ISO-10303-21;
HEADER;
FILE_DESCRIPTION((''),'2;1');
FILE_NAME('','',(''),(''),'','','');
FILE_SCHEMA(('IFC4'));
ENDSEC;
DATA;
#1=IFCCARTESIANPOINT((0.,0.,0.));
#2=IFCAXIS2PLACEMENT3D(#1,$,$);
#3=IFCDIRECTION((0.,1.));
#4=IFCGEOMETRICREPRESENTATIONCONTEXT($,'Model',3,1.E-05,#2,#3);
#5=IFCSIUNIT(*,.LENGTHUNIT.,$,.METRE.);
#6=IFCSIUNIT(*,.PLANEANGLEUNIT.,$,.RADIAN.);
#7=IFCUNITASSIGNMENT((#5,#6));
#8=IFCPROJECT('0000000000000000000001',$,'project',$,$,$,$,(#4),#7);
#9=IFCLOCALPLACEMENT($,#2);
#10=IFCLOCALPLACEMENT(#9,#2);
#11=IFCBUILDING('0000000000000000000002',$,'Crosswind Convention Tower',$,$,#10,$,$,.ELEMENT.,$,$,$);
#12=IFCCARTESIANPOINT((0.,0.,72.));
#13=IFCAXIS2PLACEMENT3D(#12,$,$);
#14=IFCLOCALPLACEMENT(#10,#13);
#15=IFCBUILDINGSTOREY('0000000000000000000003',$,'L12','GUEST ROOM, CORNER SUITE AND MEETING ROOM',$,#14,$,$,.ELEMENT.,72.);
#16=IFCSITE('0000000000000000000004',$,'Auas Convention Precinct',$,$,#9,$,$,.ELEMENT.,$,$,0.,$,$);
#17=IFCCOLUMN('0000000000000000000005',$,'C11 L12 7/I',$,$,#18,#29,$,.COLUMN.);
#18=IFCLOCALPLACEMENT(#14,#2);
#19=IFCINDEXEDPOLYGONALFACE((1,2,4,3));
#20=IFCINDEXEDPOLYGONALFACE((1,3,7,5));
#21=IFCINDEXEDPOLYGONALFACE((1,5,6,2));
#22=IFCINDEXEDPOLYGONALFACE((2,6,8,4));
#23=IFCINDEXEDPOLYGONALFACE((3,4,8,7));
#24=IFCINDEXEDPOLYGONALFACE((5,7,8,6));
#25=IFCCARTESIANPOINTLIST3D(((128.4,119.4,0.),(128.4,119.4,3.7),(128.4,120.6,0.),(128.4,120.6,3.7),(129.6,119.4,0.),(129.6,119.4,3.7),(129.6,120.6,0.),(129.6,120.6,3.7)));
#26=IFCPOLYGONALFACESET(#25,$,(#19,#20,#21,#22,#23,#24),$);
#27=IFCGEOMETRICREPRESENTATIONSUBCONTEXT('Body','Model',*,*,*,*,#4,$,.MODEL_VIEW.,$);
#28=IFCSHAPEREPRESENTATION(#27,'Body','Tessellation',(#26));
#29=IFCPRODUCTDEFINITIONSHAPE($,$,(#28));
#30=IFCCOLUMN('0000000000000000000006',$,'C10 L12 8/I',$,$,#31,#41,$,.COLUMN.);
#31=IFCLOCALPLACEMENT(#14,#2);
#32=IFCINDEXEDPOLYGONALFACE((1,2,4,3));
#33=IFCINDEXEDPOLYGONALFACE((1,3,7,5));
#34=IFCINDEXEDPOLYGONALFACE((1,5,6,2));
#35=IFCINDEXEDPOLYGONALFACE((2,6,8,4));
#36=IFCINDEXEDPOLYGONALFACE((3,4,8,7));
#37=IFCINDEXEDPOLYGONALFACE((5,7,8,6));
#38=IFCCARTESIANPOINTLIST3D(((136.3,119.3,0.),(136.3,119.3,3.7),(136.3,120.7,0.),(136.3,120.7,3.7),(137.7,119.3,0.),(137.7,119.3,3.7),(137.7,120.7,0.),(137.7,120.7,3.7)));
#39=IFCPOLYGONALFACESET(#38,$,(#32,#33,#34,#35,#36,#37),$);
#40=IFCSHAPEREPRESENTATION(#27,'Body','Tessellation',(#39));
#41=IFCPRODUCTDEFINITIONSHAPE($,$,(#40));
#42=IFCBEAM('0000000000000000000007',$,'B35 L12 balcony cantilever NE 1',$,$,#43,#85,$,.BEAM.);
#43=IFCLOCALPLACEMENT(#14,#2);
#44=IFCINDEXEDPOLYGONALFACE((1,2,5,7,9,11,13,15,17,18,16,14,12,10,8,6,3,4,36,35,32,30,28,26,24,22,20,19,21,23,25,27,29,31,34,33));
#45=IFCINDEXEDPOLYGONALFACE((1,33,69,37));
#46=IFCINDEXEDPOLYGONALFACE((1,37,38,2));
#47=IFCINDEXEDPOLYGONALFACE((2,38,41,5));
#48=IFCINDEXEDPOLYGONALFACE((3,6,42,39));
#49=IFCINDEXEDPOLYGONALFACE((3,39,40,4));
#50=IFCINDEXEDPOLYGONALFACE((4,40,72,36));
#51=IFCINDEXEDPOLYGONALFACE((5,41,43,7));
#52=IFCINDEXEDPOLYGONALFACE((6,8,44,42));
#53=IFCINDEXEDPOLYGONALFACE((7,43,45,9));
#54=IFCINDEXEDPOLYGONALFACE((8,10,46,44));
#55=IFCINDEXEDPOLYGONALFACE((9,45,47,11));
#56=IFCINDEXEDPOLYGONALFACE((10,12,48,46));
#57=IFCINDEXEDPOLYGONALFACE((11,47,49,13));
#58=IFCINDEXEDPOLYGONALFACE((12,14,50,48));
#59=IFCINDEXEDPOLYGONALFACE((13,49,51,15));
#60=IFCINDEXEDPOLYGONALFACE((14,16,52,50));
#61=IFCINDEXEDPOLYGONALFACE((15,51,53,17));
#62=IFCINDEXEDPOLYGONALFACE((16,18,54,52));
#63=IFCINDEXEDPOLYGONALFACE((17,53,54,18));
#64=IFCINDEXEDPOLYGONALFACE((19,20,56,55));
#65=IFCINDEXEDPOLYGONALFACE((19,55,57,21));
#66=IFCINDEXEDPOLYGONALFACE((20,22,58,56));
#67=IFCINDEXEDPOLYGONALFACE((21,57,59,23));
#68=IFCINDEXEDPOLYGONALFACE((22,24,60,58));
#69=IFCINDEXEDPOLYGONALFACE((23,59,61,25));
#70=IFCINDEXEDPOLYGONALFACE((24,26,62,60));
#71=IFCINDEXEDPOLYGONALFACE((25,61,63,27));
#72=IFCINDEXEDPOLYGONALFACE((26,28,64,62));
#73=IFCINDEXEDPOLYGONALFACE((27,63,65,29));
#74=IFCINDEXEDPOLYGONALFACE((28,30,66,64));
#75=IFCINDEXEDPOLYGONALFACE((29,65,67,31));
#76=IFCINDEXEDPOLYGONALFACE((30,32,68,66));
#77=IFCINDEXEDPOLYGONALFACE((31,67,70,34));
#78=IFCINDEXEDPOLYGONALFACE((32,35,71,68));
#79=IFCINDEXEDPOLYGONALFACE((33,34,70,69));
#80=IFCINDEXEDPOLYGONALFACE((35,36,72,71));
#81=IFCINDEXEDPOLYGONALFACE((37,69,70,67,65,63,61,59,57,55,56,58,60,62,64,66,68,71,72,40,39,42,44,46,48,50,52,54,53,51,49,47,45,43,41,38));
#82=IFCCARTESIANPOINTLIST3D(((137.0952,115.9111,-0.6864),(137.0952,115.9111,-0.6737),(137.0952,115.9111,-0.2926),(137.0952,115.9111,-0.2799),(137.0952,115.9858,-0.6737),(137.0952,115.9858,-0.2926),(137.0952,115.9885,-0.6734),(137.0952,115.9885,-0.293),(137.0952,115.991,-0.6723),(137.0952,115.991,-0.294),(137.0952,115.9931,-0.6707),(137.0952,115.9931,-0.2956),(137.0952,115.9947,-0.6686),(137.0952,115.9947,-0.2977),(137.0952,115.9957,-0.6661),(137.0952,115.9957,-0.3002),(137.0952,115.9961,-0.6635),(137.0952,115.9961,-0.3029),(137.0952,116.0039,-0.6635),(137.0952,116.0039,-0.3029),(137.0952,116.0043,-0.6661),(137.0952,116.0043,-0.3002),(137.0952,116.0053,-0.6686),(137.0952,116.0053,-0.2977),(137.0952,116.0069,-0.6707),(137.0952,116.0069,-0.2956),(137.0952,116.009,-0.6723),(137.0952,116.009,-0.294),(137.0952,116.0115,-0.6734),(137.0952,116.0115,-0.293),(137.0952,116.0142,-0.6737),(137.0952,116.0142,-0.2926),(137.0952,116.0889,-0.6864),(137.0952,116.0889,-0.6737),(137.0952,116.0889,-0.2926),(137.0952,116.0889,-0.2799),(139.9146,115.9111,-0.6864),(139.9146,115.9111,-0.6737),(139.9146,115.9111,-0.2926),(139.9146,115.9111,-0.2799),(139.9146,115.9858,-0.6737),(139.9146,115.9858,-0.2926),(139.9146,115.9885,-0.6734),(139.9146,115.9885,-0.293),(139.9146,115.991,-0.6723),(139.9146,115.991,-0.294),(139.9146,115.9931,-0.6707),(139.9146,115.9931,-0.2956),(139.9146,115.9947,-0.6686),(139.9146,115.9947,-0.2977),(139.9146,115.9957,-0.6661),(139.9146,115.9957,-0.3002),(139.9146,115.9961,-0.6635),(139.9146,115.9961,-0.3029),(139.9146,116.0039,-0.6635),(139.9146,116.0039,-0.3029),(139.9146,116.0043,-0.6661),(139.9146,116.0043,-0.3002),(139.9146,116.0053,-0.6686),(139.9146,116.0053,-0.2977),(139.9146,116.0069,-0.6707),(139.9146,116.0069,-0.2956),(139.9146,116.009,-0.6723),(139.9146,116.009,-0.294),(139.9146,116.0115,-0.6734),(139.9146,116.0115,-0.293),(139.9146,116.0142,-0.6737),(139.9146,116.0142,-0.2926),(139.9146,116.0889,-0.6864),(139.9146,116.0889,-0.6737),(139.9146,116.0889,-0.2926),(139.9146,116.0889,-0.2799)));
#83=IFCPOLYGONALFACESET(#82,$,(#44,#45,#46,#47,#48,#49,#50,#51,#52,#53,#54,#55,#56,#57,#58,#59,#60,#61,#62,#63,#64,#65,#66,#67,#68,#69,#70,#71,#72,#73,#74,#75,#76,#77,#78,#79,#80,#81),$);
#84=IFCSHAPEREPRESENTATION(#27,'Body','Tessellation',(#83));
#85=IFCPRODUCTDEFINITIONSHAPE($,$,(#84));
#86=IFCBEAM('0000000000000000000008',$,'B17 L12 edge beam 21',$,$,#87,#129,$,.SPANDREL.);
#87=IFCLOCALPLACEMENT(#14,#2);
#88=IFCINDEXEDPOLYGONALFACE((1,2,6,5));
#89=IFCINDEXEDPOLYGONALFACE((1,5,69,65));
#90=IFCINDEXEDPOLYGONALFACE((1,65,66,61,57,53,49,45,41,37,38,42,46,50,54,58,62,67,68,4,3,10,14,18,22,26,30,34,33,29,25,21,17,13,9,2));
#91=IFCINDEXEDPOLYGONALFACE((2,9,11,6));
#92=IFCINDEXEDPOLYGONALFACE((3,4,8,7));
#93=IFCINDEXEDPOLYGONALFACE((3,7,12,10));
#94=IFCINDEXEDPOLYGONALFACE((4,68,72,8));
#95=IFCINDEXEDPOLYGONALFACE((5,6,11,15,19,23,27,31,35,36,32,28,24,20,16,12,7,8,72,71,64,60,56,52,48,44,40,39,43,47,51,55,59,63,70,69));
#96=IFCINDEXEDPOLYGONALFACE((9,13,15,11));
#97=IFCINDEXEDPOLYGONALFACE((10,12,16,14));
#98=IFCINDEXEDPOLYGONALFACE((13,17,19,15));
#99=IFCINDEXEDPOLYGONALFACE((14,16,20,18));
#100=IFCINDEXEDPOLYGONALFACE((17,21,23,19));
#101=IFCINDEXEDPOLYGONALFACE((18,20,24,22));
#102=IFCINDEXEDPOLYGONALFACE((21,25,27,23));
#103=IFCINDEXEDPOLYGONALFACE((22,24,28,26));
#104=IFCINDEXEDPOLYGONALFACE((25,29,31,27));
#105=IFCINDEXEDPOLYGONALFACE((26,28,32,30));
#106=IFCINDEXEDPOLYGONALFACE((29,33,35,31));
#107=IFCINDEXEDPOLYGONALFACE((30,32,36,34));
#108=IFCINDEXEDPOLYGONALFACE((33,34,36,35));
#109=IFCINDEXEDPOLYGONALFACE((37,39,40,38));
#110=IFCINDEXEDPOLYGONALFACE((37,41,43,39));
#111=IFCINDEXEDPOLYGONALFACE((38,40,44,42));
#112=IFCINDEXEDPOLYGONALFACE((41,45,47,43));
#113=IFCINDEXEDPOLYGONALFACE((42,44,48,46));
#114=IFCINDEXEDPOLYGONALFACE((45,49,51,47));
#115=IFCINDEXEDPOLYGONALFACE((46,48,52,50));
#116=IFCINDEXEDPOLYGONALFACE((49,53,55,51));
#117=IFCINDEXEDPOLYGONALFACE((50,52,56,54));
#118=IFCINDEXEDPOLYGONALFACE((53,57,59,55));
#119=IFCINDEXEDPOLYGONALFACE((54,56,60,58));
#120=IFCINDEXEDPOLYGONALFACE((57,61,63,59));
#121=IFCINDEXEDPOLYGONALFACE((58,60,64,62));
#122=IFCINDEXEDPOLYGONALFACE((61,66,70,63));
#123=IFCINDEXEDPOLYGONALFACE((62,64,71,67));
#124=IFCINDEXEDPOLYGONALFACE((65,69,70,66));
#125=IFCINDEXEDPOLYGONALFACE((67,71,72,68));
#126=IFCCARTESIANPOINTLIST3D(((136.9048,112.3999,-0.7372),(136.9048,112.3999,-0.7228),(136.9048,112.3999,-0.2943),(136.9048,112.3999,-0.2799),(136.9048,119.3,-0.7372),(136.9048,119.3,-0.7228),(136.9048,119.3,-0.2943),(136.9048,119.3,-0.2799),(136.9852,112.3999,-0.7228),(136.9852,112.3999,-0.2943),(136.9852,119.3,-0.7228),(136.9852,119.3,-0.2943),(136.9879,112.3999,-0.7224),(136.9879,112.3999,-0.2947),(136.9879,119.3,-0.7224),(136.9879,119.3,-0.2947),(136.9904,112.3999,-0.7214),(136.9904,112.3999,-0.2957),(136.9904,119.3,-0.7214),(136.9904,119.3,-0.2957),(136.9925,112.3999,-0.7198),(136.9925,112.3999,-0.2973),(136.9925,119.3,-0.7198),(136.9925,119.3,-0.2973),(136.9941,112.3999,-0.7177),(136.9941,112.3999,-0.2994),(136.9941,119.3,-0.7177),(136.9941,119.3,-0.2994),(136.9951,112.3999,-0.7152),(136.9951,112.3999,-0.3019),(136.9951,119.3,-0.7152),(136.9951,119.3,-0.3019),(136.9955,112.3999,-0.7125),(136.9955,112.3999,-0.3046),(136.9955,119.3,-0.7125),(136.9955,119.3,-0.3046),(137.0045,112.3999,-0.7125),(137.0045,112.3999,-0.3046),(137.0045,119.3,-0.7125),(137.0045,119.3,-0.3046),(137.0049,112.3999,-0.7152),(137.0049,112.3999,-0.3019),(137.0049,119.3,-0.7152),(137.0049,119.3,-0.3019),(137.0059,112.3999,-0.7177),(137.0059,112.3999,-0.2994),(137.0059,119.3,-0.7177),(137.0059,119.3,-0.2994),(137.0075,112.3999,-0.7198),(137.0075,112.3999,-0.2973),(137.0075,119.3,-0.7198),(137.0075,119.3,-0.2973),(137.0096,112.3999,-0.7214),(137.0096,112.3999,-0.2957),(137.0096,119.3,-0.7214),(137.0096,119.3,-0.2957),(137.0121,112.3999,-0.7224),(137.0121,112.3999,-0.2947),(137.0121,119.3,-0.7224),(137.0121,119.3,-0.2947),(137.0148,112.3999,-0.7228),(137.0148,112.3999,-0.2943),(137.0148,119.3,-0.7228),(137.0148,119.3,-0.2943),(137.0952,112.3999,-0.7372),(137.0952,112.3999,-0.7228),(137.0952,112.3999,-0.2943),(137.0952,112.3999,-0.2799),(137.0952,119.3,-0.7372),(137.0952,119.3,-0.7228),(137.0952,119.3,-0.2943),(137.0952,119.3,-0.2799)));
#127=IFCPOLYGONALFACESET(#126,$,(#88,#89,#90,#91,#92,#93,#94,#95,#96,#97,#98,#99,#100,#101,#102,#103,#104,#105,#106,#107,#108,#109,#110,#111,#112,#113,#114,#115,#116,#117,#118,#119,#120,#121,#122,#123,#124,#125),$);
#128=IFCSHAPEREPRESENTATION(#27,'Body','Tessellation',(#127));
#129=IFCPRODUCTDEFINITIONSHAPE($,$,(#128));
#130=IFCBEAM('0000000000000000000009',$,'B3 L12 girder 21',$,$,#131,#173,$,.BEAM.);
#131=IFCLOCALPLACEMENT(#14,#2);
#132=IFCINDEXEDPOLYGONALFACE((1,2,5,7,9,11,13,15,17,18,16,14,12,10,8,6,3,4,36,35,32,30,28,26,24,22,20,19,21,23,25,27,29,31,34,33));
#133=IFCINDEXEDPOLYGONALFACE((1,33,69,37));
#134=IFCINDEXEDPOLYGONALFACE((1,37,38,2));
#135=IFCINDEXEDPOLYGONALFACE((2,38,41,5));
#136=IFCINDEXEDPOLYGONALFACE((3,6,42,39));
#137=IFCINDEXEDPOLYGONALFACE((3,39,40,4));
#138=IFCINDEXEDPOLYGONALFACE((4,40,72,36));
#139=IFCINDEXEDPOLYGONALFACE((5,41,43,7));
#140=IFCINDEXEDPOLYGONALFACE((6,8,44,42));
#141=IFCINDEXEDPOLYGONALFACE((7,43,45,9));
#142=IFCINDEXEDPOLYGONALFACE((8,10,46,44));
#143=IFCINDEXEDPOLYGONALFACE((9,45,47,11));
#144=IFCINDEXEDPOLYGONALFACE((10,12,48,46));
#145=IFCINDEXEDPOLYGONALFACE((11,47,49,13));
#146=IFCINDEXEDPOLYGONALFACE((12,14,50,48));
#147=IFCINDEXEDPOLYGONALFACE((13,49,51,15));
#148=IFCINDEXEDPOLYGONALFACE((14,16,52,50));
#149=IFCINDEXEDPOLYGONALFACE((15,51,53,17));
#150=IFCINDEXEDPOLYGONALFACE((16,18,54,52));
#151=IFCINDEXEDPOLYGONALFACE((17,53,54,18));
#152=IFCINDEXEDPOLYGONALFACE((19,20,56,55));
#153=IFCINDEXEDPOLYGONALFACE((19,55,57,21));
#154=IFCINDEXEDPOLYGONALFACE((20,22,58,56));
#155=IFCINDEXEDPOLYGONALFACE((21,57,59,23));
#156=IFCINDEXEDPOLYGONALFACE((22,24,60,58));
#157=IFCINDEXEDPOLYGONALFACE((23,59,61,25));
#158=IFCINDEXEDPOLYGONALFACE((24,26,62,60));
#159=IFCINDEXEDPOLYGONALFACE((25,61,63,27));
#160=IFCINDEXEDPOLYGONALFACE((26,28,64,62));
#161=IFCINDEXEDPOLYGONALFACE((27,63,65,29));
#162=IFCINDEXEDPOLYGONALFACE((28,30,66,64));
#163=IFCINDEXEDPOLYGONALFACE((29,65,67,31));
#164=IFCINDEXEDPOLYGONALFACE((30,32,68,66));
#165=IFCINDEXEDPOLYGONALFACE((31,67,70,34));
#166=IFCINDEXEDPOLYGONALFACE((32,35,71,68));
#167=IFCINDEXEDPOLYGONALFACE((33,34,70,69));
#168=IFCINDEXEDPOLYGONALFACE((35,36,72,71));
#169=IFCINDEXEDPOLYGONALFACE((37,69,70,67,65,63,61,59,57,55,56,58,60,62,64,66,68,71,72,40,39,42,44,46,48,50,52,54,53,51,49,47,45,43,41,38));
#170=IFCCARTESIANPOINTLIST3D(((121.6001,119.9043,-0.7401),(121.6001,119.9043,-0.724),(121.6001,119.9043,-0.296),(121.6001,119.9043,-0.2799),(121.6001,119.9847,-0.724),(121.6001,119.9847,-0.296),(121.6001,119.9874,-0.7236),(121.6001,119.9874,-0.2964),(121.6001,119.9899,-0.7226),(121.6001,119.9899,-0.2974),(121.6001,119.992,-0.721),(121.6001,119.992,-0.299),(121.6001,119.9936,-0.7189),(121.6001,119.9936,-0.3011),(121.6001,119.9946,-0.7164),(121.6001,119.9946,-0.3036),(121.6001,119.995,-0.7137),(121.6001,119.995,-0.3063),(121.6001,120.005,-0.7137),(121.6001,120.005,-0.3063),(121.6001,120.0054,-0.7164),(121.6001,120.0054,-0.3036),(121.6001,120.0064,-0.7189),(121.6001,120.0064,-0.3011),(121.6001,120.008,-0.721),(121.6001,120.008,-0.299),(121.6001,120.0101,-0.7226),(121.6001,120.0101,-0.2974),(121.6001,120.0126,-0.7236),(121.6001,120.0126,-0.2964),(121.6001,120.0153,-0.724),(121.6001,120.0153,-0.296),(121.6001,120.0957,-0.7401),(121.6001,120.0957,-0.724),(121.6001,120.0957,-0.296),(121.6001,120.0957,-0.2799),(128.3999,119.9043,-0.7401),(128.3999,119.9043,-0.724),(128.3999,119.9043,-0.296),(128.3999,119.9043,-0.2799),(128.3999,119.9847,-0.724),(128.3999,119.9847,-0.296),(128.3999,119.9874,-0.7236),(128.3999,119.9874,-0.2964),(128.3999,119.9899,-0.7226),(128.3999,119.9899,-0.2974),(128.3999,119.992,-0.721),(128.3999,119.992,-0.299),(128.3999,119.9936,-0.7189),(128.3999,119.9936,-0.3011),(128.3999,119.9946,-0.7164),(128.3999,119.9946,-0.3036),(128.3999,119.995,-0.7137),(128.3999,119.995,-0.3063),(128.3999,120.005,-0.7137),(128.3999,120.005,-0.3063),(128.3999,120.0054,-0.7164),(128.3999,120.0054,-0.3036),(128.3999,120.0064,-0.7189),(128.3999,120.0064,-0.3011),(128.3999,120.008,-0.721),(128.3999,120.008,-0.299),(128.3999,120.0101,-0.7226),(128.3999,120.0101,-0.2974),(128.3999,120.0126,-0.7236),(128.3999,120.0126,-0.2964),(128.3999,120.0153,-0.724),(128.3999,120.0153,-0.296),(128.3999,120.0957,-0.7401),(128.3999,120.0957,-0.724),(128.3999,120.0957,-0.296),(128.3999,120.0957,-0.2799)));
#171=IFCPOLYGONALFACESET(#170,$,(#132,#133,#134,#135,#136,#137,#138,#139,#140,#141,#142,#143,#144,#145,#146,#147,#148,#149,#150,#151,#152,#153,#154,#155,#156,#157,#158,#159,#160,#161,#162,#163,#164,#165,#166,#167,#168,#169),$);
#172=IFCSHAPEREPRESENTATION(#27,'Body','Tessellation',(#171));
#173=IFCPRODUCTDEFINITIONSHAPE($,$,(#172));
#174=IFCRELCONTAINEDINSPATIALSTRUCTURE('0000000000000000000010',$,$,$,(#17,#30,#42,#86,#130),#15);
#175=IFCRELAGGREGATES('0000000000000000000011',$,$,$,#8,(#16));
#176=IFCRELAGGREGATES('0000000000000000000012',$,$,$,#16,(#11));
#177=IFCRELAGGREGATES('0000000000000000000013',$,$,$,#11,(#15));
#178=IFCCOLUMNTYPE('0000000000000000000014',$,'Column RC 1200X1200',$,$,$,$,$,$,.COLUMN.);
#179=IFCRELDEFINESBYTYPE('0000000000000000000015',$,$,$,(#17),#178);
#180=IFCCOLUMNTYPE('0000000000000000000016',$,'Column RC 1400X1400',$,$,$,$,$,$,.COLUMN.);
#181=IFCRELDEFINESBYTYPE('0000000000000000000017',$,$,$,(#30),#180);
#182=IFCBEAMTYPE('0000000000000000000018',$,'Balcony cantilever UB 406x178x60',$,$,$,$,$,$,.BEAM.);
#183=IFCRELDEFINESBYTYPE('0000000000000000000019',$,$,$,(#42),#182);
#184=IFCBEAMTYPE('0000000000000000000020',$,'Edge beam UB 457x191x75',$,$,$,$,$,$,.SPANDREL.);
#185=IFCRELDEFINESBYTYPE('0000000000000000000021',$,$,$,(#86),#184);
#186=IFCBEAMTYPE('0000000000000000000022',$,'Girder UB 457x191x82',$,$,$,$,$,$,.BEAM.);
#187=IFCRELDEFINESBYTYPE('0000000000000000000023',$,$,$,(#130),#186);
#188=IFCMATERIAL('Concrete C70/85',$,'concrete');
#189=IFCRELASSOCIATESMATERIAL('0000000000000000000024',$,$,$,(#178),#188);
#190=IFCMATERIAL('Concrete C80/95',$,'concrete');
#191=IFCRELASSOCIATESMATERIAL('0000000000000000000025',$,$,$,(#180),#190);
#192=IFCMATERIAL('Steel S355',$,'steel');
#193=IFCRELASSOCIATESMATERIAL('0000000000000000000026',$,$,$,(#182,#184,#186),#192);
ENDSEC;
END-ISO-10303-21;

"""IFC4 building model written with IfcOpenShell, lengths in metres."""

from ifc_helpers import new_model, si_unit, direction, frame, origin, origin_2d, place, context, subcontext, project, spatial, rectangle, i_section, extrude, material, material_profile, profile_set, type_object, element, save


model = new_model("IFC4")

# Units and contexts
model_context = context("Model", 3, precision=1e-05, world=origin(), true_north=direction((0.0, 1.0)))
body_context = subcontext(model_context, "Body", "Model", "MODEL_VIEW")
ifc_project = project(units=[si_unit("LENGTHUNIT", "METRE"), si_unit("PLANEANGLEUNIT", "RADIAN")], contexts=[model_context])

# Site, building, storey
site_placement = place(None, origin())
site = spatial("IfcSite", under=ifc_project, at=site_placement, Name="Auas Convention Precinct", CompositionType="ELEMENT", RefElevation=0.0)
building_placement = place(site_placement, origin())
building = spatial("IfcBuilding", under=site, at=building_placement, Name="Crosswind Convention Tower", CompositionType="ELEMENT")
storey_placement = place(building_placement, frame((0.0, 0.0, 72.0)))
storey = spatial("IfcBuildingStorey", under=building, at=storey_placement, Name="L12", Description="GUEST ROOM, CORNER SUITE AND MEETING ROOM", CompositionType="ELEMENT", Elevation=72.0)

# Columns
ifc_material_1 = material(Name="Concrete C70/85", Category="concrete")
ifc_material_profile_1 = material_profile(ifc_material_1, rectangle(XDim=1.2, YDim=1.2, at=origin_2d()), Name="RC 1200X1200")
ifc_profile_set_1 = profile_set([ifc_material_profile_1], Name="Concrete C70/85")
column_type_1 = type_object("IfcColumnType", Name="Column RC 1200X1200", PredefinedType="COLUMN", material=ifc_profile_set_1)
column_1_placement = place(storey_placement, frame((129.0, 120.0, 0.0), z_axis=(0.0, 0.0, 1.0), x_axis=(1.0, 0.0, 0.0)))
element("IfcColumn", 1, at=column_1_placement, inside=storey, type_object=column_type_1, Name="C11 L12 7/I", PredefinedType="COLUMN", context=body_context, shape_type="SweptSolid", body=[
    extrude(rectangle(XDim=1.2, YDim=1.2, at=origin_2d()), origin(), (0.0, 0.0, 1.0), 3.7),
])
ifc_material_2 = material(Name="Concrete C80/95", Category="concrete")
ifc_material_profile_2 = material_profile(ifc_material_2, rectangle(XDim=1.3999, YDim=1.3999, at=origin_2d()), Name="RC 1400X1400")
ifc_profile_set_2 = profile_set([ifc_material_profile_2], Name="Concrete C80/95")
column_type_2 = type_object("IfcColumnType", Name="Column RC 1400X1400", PredefinedType="COLUMN", material=ifc_profile_set_2)
column_2_placement = place(storey_placement, frame((137.0, 120.0, 0.0), z_axis=(0.0, 0.0, 1.0), x_axis=(1.0, 0.0, 0.0)))
element("IfcColumn", 2, at=column_2_placement, inside=storey, type_object=column_type_2, Name="C10 L12 8/I", PredefinedType="COLUMN", context=body_context, shape_type="SweptSolid", body=[
    extrude(rectangle(XDim=1.3999, YDim=1.3999, at=origin_2d()), origin(), (0.0, 0.0, 1.0), 3.7),
])

# Beams
ifc_material_3 = material(Name="Steel S355", Category="steel")
ifc_material_profile_3 = material_profile(ifc_material_3, i_section(OverallWidth=0.1777, OverallDepth=0.4065, WebThickness=0.0078, FlangeThickness=0.0127, FilletRadius=0.0103, at=origin_2d()), Name="UB 406x178x60")
ifc_profile_set_3 = profile_set([ifc_material_profile_3], Name="Steel S355")
beam_type_1 = type_object("IfcBeamType", Name="Balcony cantilever UB 406x178x60", PredefinedType="BEAM", material=ifc_profile_set_3)
beam_1_placement = place(storey_placement, frame((137.0952, 116.0, -0.4832), z_axis=(1.0, 0.0, 0.0), x_axis=(0.0, 1.0, 0.0)))
element("IfcBeam", 3, at=beam_1_placement, inside=storey, type_object=beam_type_1, Name="B35 L12 balcony cantilever NE 1", PredefinedType="BEAM", context=body_context, shape_type="SweptSolid", body=[
    extrude(i_section(OverallWidth=0.1777, OverallDepth=0.4065, WebThickness=0.0078, FlangeThickness=0.0127, FilletRadius=0.0103, at=origin_2d()), origin(), (0.0, 0.0, 1.0), 2.8193),
])
ifc_material_profile_4 = material_profile(ifc_material_3, i_section(OverallWidth=0.1904, OverallDepth=0.4573, WebThickness=0.009, FlangeThickness=0.0144, FilletRadius=0.0103, at=origin_2d()), Name="UB 457x191x75")
ifc_profile_set_4 = profile_set([ifc_material_profile_4], Name="Steel S355")
beam_type_2 = type_object("IfcBeamType", Name="Edge beam UB 457x191x75", PredefinedType="SPANDREL", material=ifc_profile_set_4)
beam_2_placement = place(storey_placement, frame((137.0, 112.3999, -0.5085), z_axis=(0.0, 1.0, 0.0), x_axis=(-1.0, 0.0, 0.0)))
element("IfcBeam", 4, at=beam_2_placement, inside=storey, type_object=beam_type_2, Name="B17 L12 edge beam 21", PredefinedType="SPANDREL", context=body_context, shape_type="SweptSolid", body=[
    extrude(i_section(OverallWidth=0.1904, OverallDepth=0.4573, WebThickness=0.009, FlangeThickness=0.0144, FilletRadius=0.0103, at=origin_2d()), origin(), (0.0, 0.0, 1.0), 6.9001),
])
ifc_material_profile_5 = material_profile(ifc_material_3, i_section(OverallWidth=0.1914, OverallDepth=0.4602, WebThickness=0.01, FlangeThickness=0.0161, FilletRadius=0.0103, at=origin_2d()), Name="UB 457x191x82")
ifc_profile_set_5 = profile_set([ifc_material_profile_5], Name="Steel S355")
beam_type_3 = type_object("IfcBeamType", Name="Girder UB 457x191x82", PredefinedType="BEAM", material=ifc_profile_set_5)
for number, where, z_axis, x_axis, name in (
    (5, (121.6001, 120.0, -0.51), (1.0, 0.0, 0.0), (0.0, 1.0, 0.0), "B3 L12 girder 21"),
):
    element("IfcBeam", number, at=place(storey_placement, frame(where, z_axis=z_axis, x_axis=x_axis)), inside=storey, type_object=beam_type_3, Name=name, PredefinedType="BEAM", context=body_context, shape_type="SweptSolid", body=[
        extrude(i_section(OverallWidth=0.1914, OverallDepth=0.4602, WebThickness=0.01, FlangeThickness=0.0161, FilletRadius=0.0103, at=origin_2d()), origin(), (0.0, 0.0, 1.0), 6.7998),
    ])

save(model, "model.ifc")
